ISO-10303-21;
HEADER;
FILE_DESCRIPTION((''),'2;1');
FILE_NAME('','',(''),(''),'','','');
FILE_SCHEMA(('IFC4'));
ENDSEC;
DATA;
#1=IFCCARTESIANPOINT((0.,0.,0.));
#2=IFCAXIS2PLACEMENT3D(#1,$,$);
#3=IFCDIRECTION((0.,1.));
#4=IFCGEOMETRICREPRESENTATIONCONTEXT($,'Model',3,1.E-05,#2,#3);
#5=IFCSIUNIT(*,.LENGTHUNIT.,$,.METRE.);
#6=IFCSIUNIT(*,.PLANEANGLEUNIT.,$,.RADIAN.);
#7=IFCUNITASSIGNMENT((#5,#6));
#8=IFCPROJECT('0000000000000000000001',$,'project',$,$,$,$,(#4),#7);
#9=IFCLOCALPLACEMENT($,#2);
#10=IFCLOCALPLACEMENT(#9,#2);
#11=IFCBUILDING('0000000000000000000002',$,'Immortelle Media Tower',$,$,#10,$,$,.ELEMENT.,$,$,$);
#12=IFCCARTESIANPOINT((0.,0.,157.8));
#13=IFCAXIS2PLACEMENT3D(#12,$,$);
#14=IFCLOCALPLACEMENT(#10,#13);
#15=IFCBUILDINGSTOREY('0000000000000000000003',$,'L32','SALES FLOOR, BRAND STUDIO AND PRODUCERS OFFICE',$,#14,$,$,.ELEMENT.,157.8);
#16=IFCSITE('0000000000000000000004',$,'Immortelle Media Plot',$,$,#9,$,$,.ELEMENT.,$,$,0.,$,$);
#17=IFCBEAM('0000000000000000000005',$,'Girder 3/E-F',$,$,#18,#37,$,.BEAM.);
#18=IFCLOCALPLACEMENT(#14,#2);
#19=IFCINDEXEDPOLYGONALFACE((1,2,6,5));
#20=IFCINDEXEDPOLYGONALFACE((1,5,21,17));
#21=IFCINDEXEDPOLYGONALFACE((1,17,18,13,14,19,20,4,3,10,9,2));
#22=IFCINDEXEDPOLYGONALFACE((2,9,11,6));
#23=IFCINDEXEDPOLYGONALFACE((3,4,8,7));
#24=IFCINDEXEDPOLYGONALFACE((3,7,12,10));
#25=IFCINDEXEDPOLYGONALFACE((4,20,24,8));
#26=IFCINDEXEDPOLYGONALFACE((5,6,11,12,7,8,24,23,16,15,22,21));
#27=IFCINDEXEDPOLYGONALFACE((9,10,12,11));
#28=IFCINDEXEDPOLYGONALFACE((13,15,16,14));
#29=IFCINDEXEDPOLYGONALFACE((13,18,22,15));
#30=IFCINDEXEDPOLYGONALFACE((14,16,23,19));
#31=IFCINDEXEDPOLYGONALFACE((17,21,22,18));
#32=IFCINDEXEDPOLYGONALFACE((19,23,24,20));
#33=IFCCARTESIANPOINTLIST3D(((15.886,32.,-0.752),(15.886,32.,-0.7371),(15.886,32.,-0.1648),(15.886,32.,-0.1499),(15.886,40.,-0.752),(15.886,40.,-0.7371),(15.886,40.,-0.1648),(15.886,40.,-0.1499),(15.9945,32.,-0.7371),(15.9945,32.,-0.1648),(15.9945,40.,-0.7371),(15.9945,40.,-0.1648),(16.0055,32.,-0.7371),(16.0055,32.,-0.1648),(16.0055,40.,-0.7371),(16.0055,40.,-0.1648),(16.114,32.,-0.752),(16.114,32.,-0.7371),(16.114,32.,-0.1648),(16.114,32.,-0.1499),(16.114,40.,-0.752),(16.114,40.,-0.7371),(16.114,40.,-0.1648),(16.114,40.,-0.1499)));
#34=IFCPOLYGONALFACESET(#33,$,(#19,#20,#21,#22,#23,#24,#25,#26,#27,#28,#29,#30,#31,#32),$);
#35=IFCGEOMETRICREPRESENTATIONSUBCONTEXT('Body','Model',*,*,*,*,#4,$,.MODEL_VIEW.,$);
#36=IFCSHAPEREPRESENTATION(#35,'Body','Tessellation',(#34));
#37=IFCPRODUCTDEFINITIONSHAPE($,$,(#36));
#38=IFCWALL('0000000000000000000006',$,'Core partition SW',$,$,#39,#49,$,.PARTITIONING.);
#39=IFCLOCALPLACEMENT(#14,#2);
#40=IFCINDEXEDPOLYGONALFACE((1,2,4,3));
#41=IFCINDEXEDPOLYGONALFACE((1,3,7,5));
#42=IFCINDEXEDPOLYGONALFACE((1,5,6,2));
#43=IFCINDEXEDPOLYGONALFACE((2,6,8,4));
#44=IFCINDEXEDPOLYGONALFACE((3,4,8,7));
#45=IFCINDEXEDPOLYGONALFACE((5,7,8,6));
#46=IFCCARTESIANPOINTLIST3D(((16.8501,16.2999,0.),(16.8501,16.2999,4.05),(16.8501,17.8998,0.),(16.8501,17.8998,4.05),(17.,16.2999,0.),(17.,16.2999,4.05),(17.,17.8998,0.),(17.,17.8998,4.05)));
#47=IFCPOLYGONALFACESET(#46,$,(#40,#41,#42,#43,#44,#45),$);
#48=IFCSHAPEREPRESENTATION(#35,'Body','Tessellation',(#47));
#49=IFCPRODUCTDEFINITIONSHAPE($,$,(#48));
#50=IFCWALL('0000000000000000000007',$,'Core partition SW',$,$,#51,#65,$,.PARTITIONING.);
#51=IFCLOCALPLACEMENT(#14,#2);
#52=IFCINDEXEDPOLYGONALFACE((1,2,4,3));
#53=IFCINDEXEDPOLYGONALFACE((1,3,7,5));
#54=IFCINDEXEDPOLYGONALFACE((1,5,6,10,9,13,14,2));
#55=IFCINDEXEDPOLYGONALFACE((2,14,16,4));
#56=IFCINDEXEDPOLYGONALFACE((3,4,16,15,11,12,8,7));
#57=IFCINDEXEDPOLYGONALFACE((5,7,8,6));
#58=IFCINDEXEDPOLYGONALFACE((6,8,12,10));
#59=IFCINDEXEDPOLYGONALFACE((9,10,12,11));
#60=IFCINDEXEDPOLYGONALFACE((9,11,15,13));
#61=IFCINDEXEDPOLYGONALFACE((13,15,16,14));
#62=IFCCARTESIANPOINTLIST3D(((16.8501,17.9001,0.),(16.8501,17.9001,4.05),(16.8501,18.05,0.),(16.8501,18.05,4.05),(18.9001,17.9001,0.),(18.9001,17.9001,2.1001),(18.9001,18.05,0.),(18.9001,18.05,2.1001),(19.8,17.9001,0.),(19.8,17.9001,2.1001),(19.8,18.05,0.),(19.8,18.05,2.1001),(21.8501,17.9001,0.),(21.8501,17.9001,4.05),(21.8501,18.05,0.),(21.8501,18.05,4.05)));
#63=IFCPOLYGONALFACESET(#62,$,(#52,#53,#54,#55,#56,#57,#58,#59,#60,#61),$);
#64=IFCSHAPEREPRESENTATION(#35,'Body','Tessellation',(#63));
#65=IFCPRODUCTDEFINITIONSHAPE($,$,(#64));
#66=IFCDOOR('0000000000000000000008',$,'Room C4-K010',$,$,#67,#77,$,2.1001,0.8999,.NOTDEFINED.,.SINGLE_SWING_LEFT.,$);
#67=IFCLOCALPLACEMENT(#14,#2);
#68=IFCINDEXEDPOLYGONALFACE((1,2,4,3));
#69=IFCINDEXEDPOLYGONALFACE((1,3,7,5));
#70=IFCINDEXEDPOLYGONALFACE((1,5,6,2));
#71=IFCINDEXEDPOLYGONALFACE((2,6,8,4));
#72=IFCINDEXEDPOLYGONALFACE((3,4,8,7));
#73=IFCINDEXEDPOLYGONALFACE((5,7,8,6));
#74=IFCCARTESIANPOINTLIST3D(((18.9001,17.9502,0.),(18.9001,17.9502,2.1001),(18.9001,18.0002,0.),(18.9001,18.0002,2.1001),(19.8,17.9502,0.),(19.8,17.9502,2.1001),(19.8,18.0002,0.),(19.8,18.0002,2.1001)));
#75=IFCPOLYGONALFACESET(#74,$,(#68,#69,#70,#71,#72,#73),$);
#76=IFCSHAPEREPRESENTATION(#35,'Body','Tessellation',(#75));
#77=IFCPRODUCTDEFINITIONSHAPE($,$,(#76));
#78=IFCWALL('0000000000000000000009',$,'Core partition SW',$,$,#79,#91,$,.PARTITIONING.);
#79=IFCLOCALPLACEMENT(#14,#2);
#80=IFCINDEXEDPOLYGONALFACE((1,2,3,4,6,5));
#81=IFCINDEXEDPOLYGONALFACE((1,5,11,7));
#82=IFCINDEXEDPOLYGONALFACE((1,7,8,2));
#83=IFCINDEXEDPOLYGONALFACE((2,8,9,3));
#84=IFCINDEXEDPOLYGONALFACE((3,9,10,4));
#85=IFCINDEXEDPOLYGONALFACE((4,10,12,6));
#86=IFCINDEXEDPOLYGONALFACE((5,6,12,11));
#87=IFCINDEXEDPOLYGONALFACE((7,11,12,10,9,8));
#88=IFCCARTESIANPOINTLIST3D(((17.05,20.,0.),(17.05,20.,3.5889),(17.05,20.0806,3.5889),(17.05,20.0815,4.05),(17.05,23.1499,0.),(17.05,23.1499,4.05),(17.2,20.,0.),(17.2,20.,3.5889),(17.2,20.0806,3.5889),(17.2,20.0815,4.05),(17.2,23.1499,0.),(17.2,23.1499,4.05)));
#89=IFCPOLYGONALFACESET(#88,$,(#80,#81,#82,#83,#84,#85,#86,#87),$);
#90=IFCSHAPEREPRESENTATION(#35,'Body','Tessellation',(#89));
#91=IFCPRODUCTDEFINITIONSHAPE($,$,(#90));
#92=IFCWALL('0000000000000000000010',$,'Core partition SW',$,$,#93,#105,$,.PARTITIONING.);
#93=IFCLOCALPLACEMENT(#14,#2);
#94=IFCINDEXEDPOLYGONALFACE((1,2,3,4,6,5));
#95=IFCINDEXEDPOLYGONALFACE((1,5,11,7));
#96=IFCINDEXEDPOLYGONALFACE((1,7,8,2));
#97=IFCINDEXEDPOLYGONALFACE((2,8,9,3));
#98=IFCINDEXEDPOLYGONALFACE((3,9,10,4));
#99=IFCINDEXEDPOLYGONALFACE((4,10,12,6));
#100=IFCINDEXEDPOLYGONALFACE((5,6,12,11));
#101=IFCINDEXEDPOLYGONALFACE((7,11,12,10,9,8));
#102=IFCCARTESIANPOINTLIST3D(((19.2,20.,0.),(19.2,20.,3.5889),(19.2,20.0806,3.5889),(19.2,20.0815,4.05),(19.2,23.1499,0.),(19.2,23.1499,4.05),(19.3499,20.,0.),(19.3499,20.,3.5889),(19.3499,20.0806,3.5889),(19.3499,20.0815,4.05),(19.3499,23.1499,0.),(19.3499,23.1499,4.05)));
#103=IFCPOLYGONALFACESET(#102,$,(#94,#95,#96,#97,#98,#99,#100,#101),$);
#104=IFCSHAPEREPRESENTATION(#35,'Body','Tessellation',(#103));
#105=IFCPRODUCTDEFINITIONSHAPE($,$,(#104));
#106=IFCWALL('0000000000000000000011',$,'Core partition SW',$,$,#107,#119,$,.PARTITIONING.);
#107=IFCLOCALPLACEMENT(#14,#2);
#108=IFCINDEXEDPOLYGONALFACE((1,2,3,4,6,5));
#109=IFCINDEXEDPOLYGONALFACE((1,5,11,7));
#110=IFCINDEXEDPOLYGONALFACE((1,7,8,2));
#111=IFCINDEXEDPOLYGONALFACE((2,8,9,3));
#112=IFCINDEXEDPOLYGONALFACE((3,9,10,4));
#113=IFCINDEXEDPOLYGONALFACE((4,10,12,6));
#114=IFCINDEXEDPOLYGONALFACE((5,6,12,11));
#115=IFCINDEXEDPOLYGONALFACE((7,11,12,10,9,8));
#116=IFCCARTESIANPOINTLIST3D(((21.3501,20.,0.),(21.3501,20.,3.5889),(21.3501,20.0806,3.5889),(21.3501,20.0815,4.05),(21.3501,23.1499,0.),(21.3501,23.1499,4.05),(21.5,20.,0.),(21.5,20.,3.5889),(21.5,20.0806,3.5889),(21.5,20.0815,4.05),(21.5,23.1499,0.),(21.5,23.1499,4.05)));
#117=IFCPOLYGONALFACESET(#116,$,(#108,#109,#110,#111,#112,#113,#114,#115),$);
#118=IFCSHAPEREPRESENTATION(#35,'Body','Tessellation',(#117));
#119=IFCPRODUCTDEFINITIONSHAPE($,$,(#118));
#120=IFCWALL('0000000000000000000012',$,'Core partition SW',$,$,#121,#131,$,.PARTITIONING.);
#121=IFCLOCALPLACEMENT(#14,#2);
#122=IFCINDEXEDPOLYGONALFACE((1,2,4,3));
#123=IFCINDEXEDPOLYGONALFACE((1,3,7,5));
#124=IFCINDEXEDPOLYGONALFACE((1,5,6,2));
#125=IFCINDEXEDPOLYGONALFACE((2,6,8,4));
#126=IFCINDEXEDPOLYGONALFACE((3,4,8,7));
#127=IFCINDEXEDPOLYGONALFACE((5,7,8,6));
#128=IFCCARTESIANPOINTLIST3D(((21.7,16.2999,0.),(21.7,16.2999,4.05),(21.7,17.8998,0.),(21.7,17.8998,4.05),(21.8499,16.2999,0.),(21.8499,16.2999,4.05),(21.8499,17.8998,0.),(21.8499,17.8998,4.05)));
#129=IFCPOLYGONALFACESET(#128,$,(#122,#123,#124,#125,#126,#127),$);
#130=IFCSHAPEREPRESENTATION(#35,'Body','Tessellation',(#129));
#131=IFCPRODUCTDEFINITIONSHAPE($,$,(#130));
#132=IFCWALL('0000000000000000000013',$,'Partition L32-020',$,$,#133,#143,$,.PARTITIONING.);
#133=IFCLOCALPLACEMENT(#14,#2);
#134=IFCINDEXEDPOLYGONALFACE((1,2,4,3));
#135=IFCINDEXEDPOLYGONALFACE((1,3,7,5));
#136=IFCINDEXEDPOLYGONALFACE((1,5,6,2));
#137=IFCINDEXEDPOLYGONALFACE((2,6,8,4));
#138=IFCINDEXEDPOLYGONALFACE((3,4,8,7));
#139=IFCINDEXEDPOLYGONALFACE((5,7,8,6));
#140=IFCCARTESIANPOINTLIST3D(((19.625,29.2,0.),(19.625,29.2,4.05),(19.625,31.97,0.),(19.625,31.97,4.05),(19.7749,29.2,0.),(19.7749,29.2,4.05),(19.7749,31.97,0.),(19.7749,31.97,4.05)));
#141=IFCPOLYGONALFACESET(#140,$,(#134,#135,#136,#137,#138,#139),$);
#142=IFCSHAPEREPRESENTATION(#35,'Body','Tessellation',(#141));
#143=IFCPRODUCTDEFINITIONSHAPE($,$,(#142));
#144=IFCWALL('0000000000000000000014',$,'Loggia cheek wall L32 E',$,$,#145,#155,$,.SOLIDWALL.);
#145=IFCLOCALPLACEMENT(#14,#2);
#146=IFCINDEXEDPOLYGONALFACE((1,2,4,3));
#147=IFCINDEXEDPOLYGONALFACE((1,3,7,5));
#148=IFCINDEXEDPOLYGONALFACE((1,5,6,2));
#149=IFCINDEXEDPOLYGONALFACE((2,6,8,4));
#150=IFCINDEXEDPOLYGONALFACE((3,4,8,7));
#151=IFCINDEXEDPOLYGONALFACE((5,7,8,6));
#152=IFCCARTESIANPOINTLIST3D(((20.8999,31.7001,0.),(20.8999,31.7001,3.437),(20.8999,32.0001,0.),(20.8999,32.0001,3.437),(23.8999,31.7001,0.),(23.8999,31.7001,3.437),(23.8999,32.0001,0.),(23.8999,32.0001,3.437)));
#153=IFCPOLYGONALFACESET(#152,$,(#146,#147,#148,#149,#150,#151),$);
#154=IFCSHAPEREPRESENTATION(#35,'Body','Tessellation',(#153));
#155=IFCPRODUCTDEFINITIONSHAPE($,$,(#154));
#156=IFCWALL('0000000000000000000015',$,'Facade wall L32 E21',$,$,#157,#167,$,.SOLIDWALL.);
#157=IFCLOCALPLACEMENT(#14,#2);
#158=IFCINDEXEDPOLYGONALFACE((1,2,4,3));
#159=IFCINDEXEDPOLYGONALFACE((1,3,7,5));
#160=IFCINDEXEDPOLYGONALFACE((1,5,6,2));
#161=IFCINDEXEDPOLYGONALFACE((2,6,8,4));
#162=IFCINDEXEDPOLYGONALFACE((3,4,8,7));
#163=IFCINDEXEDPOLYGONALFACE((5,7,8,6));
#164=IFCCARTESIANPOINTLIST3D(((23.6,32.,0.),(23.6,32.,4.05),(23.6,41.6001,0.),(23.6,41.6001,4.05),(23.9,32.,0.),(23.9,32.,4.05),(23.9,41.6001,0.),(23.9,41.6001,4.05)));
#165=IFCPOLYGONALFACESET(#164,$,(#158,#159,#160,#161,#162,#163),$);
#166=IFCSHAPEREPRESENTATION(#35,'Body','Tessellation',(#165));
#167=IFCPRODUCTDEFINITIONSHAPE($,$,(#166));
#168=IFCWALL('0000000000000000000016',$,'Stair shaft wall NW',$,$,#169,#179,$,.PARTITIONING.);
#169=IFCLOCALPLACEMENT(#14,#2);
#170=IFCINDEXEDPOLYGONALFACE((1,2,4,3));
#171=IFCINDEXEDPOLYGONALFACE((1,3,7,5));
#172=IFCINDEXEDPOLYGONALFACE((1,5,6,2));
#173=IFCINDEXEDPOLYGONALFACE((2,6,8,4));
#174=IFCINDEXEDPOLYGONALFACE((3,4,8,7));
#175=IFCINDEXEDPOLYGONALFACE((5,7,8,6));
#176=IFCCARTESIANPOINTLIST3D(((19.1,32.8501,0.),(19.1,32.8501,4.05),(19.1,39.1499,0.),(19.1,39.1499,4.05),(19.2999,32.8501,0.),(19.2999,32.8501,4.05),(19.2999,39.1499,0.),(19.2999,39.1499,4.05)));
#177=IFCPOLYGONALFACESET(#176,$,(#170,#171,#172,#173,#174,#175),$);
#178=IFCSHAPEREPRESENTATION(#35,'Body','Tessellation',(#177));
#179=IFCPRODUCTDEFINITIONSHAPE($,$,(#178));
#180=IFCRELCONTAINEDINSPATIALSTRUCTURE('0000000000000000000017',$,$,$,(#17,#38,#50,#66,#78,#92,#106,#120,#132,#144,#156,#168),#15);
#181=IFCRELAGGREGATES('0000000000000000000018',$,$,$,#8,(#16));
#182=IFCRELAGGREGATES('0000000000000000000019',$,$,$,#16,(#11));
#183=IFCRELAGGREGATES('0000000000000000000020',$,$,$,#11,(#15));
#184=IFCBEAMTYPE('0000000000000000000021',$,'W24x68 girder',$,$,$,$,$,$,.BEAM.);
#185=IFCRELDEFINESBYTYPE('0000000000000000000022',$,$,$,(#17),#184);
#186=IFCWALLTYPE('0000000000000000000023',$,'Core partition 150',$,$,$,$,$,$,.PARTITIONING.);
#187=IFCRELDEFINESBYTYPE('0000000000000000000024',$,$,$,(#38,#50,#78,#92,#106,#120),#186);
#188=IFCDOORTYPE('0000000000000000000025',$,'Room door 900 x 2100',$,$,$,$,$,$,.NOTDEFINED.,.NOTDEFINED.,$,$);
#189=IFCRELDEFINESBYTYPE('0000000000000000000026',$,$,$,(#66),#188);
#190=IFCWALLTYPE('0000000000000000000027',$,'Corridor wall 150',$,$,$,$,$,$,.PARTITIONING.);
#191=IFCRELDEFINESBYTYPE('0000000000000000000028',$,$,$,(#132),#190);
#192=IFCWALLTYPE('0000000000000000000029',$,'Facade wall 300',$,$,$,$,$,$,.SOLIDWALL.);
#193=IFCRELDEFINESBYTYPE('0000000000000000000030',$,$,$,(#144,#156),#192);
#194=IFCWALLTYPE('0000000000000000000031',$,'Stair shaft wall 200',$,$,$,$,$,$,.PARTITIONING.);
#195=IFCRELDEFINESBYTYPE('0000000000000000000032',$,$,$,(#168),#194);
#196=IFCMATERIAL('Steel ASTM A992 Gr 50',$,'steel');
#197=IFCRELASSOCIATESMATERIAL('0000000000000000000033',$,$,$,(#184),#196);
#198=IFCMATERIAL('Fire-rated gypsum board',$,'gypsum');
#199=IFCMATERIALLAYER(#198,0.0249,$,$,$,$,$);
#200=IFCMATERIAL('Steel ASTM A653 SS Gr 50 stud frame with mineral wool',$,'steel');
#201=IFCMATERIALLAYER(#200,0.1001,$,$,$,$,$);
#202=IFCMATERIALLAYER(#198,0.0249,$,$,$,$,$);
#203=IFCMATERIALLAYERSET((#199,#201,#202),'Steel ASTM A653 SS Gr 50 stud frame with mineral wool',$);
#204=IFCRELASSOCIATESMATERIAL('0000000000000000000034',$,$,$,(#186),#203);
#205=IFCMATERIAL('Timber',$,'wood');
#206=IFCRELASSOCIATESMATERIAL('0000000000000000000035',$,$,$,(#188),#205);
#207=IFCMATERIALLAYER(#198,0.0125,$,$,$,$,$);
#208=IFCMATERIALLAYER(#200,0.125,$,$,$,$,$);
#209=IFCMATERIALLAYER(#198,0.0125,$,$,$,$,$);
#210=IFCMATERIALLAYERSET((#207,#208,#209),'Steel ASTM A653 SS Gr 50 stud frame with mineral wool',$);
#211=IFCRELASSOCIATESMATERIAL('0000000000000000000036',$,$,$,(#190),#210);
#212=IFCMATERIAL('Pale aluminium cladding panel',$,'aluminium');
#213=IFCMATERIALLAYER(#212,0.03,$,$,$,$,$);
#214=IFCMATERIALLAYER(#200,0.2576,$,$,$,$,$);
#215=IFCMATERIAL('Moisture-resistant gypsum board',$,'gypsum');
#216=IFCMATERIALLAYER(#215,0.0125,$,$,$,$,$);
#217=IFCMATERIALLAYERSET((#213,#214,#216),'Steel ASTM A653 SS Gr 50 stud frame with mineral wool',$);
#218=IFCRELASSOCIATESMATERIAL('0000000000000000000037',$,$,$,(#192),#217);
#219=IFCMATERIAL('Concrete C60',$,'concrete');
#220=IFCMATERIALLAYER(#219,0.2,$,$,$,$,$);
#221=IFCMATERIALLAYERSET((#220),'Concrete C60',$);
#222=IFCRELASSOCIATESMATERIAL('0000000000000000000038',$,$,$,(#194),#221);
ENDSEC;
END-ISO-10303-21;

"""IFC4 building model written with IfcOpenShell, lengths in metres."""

from ifc_helpers import new_model, si_unit, direction, frame, frame_2d, origin, origin_2d, place, context, subcontext, project, spatial, polyline, rectangle, i_section, outline, extrude, material, layer, layer_set, material_profile, profile_set, type_object, element, fill, save


model = new_model("IFC4")

# Units and contexts
model_context = context("Model", 3, precision=1e-05, world=origin(), true_north=direction((0.0, 1.0)))
body_context = subcontext(model_context, "Body", "Model", "MODEL_VIEW")
ifc_project = project(units=[si_unit("LENGTHUNIT", "METRE"), si_unit("PLANEANGLEUNIT", "RADIAN")], contexts=[model_context])

# Site, building, storey
site_placement = place(None, origin())
site = spatial("IfcSite", under=ifc_project, at=site_placement, Name="Immortelle Media Plot", CompositionType="ELEMENT", RefElevation=0.0)
building_placement = place(site_placement, origin())
building = spatial("IfcBuilding", under=site, at=building_placement, Name="Immortelle Media Tower", CompositionType="ELEMENT")
storey_placement = place(building_placement, frame((0.0, 0.0, 157.8)))
storey = spatial("IfcBuildingStorey", under=building, at=storey_placement, Name="L32", Description="SALES FLOOR, BRAND STUDIO AND PRODUCERS OFFICE", CompositionType="ELEMENT", Elevation=157.8)

# Shared definitions
ifc_material_1 = material(Name="Steel ASTM A992 Gr 50", Category="steel")

# Beam
ifc_material_profile_1 = material_profile(ifc_material_1, i_section(OverallWidth=0.228, OverallDepth=0.6021, WebThickness=0.011, FlangeThickness=0.0149, at=origin_2d()), Name="W24x68")
ifc_profile_set_1 = profile_set([ifc_material_profile_1], Name="Steel ASTM A992 Gr 50")
beam_type_1 = type_object("IfcBeamType", Name="W24x68 girder", PredefinedType="BEAM", material=ifc_profile_set_1)
for number, where, z_axis, x_axis, name in (
    (1, (16.0, 32.0, -0.4509), (0.0, 1.0, 0.0), (-1.0, 0.0, 0.0), "Girder 3/E-F"),
):
    element("IfcBeam", number, at=place(storey_placement, frame(where, z_axis=z_axis, x_axis=x_axis)), inside=storey, type_object=beam_type_1, Name=name, PredefinedType="BEAM", context=body_context, shape_type="SweptSolid", body=[
        extrude(i_section(OverallWidth=0.228, OverallDepth=0.6021, WebThickness=0.011, FlangeThickness=0.0149, at=origin_2d()), origin(), (0.0, 0.0, 1.0), 8.0),
    ])

# Wall
ifc_material_2 = material(Name="Fire-rated gypsum board", Category="gypsum")
ifc_layer_1 = layer(ifc_material_2, 0.0249)
ifc_material_3 = material(Name="Steel ASTM A653 SS Gr 50 stud frame with mineral wool", Category="steel")
ifc_layer_2 = layer(ifc_material_3, 0.1001)
ifc_layer_3 = layer(ifc_material_2, 0.0249)
ifc_layer_set_1 = layer_set([ifc_layer_1, ifc_layer_2, ifc_layer_3], Name="Steel ASTM A653 SS Gr 50 stud frame with mineral wool")
wall_type_1 = type_object("IfcWallType", Name="Core partition 150", PredefinedType="PARTITIONING", material=ifc_layer_set_1)
wall_1_placement = place(storey_placement, frame((16.925, 16.3, 0.0), z_axis=(0.0, 0.0, 1.0), x_axis=(0.0, 1.0, 0.0)))
element("IfcWall", 2, at=wall_1_placement, inside=storey, type_object=wall_type_1, Name="Core partition SW", PredefinedType="PARTITIONING", context=body_context, shape_type="SweptSolid", body=[
    extrude(rectangle(XDim=1.5999, YDim=0.1499, at=frame_2d((0.7998, 0.0))), origin(), (0.0, 0.0, 1.0), 4.05),
])

# Wall, opening, door
wall_2_placement = place(storey_placement, frame((16.8501, 17.9751, 0.0), z_axis=(0.0, 0.0, 1.0), x_axis=(1.0, 0.0, 0.0)))
wall_2 = element("IfcWall", 3, at=wall_2_placement, inside=storey, type_object=wall_type_1, Name="Core partition SW", PredefinedType="PARTITIONING", context=body_context, shape_type="SweptSolid", body=[
    extrude(rectangle(XDim=5.0, YDim=0.1499, at=frame_2d((2.5, 0.0))), origin(), (0.0, 0.0, 1.0), 4.05),
])
opening_1_placement = place(wall_2_placement, frame((2.95, 0.0, 0.0), z_axis=(0.0, 0.0, 1.0), x_axis=(-1.0, 0.0, 0.0)))
opening_1 = element("IfcOpeningElement", 4, at=opening_1_placement, cuts=wall_2, PredefinedType="OPENING", context=body_context, shape_type="SweptSolid", body=[
    extrude(rectangle(XDim=0.8999, YDim=2.1001, at=frame_2d((0.45, 1.05))), frame((0.0, 0.085, 0.0), z_axis=(0.0, -1.0, 0.0), x_axis=(1.0, 0.0, 0.0)), (0.0, 0.0, 1.0), 0.1699),
])
ifc_material_4 = material(Name="Timber", Category="wood")
door_type_1 = type_object("IfcDoorType", Name="Room door 900 x 2100", OperationType="NOTDEFINED", PredefinedType="NOTDEFINED", material=ifc_material_4)
door_1_placement = place(opening_1_placement, origin())
door_1 = element("IfcDoor", 5, at=door_1_placement, inside=storey, type_object=door_type_1, Name="Room C4-K010", OperationType="SINGLE_SWING_LEFT", OverallHeight=2.1001, OverallWidth=0.8999, PredefinedType="NOTDEFINED", context=body_context, shape_type="SweptSolid", body=[
    extrude(rectangle(XDim=0.8999, YDim=2.1001, at=frame_2d((0.45, 1.05))), frame((0.0, 0.0249, 0.0), z_axis=(0.0, -1.0, 0.0), x_axis=(1.0, 0.0, 0.0)), (0.0, 0.0, 1.0), 0.05),
])
fill(opening_1, door_1)

# Walls
for number, where, z_axis, x_axis, name in (
    (6, (17.125, 20.0, 0.0), (0.0, 0.0, 1.0), (0.0, 1.0, 0.0), "Core partition SW"),
    (7, (19.2749, 20.0, 0.0), (0.0, 0.0, 1.0), (0.0, 1.0, 0.0), "Core partition SW"),
    (8, (21.425, 20.0, 0.0), (0.0, 0.0, 1.0), (0.0, 1.0, 0.0), "Core partition SW"),
):
    element("IfcWall", number, at=place(storey_placement, frame(where, z_axis=z_axis, x_axis=x_axis)), inside=storey, type_object=wall_type_1, Name=name, PredefinedType="PARTITIONING", context=body_context, shape_type="SweptSolid", body=[
        extrude(outline(polyline([(0.0, 0.0), (3.1499, 0.0), (3.1499, 4.05), (0.0815, 4.05), (0.0806, 3.5889), (0.0, 3.5889), (0.0, 0.0)])), frame((0.0, 0.075, 0.0), z_axis=(0.0, -1.0, 0.0), x_axis=(1.0, 0.0, 0.0)), (0.0, 0.0, 1.0), 0.1499),
    ])
wall_3_placement = place(storey_placement, frame((21.7749, 16.3, 0.0), z_axis=(0.0, 0.0, 1.0), x_axis=(0.0, 1.0, 0.0)))
element("IfcWall", 9, at=wall_3_placement, inside=storey, type_object=wall_type_1, Name="Core partition SW", PredefinedType="PARTITIONING", context=body_context, shape_type="SweptSolid", body=[
    extrude(rectangle(XDim=1.5999, YDim=0.1499, at=frame_2d((0.7998, 0.0))), origin(), (0.0, 0.0, 1.0), 4.05),
])
ifc_layer_4 = layer(ifc_material_2, 0.0125)
ifc_layer_5 = layer(ifc_material_3, 0.125)
ifc_layer_6 = layer(ifc_material_2, 0.0125)
ifc_layer_set_2 = layer_set([ifc_layer_4, ifc_layer_5, ifc_layer_6], Name="Steel ASTM A653 SS Gr 50 stud frame with mineral wool")
wall_type_2 = type_object("IfcWallType", Name="Corridor wall 150", PredefinedType="PARTITIONING", material=ifc_layer_set_2)
wall_4_placement = place(storey_placement, frame((19.7, 29.2, 0.0), z_axis=(0.0, 0.0, 1.0), x_axis=(0.0, 1.0, 0.0)))
element("IfcWall", 10, at=wall_4_placement, inside=storey, type_object=wall_type_2, Name="Partition L32-020", PredefinedType="PARTITIONING", context=body_context, shape_type="SweptSolid", body=[
    extrude(rectangle(XDim=2.77, YDim=0.1499, at=frame_2d((1.385, 0.0))), origin(), (0.0, 0.0, 1.0), 4.05),
])

# Shared definitions
ifc_material_5 = material(Name="Pale aluminium cladding panel", Category="aluminium")
ifc_layer_7 = layer(ifc_material_5, 0.03)
ifc_layer_8 = layer(ifc_material_3, 0.2576)
ifc_material_6 = material(Name="Moisture-resistant gypsum board", Category="gypsum")
ifc_layer_9 = layer(ifc_material_6, 0.0125)
ifc_layer_set_3 = layer_set([ifc_layer_7, ifc_layer_8, ifc_layer_9], Name="Steel ASTM A653 SS Gr 50 stud frame with mineral wool")
wall_type_3 = type_object("IfcWallType", Name="Facade wall 300", PredefinedType="SOLIDWALL", material=ifc_layer_set_3)

# Walls
wall_5_placement = place(storey_placement, frame((23.8999, 31.8501, 0.0), z_axis=(0.0, 0.0, 1.0), x_axis=(-1.0, 0.0, 0.0)))
element("IfcWall", 11, at=wall_5_placement, inside=storey, type_object=wall_type_3, Name="Loggia cheek wall L32 E", PredefinedType="SOLIDWALL", context=body_context, shape_type="SweptSolid", body=[
    extrude(rectangle(XDim=3.0, YDim=0.3, at=frame_2d((1.5, 0.0))), origin(), (0.0, 0.0, 1.0), 3.437),
])
wall_6_placement = place(storey_placement, frame((23.75, 32.0, 0.0), z_axis=(0.0, 0.0, 1.0), x_axis=(0.0, 1.0, 0.0)))
element("IfcWall", 12, at=wall_6_placement, inside=storey, type_object=wall_type_3, Name="Facade wall L32 E21", PredefinedType="SOLIDWALL", context=body_context, shape_type="SweptSolid", body=[
    extrude(rectangle(XDim=9.6001, YDim=0.3, at=frame_2d((4.8, 0.0))), origin(), (0.0, 0.0, 1.0), 4.05),
])
ifc_material_7 = material(Name="Concrete C60", Category="concrete")
ifc_layer_10 = layer(ifc_material_7, 0.2)
ifc_layer_set_4 = layer_set([ifc_layer_10], Name="Concrete C60")
wall_type_4 = type_object("IfcWallType", Name="Stair shaft wall 200", PredefinedType="PARTITIONING", material=ifc_layer_set_4)
wall_7_placement = place(storey_placement, frame((19.2, 32.8501, 0.0), z_axis=(0.0, 0.0, 1.0), x_axis=(0.0, 1.0, 0.0)))
element("IfcWall", 13, at=wall_7_placement, inside=storey, type_object=wall_type_4, Name="Stair shaft wall NW", PredefinedType="PARTITIONING", context=body_context, shape_type="SweptSolid", body=[
    extrude(rectangle(XDim=6.2998, YDim=0.2, at=frame_2d((3.1499, 0.0))), origin(), (0.0, 0.0, 1.0), 4.05),
])

save(model, "model.ifc")
